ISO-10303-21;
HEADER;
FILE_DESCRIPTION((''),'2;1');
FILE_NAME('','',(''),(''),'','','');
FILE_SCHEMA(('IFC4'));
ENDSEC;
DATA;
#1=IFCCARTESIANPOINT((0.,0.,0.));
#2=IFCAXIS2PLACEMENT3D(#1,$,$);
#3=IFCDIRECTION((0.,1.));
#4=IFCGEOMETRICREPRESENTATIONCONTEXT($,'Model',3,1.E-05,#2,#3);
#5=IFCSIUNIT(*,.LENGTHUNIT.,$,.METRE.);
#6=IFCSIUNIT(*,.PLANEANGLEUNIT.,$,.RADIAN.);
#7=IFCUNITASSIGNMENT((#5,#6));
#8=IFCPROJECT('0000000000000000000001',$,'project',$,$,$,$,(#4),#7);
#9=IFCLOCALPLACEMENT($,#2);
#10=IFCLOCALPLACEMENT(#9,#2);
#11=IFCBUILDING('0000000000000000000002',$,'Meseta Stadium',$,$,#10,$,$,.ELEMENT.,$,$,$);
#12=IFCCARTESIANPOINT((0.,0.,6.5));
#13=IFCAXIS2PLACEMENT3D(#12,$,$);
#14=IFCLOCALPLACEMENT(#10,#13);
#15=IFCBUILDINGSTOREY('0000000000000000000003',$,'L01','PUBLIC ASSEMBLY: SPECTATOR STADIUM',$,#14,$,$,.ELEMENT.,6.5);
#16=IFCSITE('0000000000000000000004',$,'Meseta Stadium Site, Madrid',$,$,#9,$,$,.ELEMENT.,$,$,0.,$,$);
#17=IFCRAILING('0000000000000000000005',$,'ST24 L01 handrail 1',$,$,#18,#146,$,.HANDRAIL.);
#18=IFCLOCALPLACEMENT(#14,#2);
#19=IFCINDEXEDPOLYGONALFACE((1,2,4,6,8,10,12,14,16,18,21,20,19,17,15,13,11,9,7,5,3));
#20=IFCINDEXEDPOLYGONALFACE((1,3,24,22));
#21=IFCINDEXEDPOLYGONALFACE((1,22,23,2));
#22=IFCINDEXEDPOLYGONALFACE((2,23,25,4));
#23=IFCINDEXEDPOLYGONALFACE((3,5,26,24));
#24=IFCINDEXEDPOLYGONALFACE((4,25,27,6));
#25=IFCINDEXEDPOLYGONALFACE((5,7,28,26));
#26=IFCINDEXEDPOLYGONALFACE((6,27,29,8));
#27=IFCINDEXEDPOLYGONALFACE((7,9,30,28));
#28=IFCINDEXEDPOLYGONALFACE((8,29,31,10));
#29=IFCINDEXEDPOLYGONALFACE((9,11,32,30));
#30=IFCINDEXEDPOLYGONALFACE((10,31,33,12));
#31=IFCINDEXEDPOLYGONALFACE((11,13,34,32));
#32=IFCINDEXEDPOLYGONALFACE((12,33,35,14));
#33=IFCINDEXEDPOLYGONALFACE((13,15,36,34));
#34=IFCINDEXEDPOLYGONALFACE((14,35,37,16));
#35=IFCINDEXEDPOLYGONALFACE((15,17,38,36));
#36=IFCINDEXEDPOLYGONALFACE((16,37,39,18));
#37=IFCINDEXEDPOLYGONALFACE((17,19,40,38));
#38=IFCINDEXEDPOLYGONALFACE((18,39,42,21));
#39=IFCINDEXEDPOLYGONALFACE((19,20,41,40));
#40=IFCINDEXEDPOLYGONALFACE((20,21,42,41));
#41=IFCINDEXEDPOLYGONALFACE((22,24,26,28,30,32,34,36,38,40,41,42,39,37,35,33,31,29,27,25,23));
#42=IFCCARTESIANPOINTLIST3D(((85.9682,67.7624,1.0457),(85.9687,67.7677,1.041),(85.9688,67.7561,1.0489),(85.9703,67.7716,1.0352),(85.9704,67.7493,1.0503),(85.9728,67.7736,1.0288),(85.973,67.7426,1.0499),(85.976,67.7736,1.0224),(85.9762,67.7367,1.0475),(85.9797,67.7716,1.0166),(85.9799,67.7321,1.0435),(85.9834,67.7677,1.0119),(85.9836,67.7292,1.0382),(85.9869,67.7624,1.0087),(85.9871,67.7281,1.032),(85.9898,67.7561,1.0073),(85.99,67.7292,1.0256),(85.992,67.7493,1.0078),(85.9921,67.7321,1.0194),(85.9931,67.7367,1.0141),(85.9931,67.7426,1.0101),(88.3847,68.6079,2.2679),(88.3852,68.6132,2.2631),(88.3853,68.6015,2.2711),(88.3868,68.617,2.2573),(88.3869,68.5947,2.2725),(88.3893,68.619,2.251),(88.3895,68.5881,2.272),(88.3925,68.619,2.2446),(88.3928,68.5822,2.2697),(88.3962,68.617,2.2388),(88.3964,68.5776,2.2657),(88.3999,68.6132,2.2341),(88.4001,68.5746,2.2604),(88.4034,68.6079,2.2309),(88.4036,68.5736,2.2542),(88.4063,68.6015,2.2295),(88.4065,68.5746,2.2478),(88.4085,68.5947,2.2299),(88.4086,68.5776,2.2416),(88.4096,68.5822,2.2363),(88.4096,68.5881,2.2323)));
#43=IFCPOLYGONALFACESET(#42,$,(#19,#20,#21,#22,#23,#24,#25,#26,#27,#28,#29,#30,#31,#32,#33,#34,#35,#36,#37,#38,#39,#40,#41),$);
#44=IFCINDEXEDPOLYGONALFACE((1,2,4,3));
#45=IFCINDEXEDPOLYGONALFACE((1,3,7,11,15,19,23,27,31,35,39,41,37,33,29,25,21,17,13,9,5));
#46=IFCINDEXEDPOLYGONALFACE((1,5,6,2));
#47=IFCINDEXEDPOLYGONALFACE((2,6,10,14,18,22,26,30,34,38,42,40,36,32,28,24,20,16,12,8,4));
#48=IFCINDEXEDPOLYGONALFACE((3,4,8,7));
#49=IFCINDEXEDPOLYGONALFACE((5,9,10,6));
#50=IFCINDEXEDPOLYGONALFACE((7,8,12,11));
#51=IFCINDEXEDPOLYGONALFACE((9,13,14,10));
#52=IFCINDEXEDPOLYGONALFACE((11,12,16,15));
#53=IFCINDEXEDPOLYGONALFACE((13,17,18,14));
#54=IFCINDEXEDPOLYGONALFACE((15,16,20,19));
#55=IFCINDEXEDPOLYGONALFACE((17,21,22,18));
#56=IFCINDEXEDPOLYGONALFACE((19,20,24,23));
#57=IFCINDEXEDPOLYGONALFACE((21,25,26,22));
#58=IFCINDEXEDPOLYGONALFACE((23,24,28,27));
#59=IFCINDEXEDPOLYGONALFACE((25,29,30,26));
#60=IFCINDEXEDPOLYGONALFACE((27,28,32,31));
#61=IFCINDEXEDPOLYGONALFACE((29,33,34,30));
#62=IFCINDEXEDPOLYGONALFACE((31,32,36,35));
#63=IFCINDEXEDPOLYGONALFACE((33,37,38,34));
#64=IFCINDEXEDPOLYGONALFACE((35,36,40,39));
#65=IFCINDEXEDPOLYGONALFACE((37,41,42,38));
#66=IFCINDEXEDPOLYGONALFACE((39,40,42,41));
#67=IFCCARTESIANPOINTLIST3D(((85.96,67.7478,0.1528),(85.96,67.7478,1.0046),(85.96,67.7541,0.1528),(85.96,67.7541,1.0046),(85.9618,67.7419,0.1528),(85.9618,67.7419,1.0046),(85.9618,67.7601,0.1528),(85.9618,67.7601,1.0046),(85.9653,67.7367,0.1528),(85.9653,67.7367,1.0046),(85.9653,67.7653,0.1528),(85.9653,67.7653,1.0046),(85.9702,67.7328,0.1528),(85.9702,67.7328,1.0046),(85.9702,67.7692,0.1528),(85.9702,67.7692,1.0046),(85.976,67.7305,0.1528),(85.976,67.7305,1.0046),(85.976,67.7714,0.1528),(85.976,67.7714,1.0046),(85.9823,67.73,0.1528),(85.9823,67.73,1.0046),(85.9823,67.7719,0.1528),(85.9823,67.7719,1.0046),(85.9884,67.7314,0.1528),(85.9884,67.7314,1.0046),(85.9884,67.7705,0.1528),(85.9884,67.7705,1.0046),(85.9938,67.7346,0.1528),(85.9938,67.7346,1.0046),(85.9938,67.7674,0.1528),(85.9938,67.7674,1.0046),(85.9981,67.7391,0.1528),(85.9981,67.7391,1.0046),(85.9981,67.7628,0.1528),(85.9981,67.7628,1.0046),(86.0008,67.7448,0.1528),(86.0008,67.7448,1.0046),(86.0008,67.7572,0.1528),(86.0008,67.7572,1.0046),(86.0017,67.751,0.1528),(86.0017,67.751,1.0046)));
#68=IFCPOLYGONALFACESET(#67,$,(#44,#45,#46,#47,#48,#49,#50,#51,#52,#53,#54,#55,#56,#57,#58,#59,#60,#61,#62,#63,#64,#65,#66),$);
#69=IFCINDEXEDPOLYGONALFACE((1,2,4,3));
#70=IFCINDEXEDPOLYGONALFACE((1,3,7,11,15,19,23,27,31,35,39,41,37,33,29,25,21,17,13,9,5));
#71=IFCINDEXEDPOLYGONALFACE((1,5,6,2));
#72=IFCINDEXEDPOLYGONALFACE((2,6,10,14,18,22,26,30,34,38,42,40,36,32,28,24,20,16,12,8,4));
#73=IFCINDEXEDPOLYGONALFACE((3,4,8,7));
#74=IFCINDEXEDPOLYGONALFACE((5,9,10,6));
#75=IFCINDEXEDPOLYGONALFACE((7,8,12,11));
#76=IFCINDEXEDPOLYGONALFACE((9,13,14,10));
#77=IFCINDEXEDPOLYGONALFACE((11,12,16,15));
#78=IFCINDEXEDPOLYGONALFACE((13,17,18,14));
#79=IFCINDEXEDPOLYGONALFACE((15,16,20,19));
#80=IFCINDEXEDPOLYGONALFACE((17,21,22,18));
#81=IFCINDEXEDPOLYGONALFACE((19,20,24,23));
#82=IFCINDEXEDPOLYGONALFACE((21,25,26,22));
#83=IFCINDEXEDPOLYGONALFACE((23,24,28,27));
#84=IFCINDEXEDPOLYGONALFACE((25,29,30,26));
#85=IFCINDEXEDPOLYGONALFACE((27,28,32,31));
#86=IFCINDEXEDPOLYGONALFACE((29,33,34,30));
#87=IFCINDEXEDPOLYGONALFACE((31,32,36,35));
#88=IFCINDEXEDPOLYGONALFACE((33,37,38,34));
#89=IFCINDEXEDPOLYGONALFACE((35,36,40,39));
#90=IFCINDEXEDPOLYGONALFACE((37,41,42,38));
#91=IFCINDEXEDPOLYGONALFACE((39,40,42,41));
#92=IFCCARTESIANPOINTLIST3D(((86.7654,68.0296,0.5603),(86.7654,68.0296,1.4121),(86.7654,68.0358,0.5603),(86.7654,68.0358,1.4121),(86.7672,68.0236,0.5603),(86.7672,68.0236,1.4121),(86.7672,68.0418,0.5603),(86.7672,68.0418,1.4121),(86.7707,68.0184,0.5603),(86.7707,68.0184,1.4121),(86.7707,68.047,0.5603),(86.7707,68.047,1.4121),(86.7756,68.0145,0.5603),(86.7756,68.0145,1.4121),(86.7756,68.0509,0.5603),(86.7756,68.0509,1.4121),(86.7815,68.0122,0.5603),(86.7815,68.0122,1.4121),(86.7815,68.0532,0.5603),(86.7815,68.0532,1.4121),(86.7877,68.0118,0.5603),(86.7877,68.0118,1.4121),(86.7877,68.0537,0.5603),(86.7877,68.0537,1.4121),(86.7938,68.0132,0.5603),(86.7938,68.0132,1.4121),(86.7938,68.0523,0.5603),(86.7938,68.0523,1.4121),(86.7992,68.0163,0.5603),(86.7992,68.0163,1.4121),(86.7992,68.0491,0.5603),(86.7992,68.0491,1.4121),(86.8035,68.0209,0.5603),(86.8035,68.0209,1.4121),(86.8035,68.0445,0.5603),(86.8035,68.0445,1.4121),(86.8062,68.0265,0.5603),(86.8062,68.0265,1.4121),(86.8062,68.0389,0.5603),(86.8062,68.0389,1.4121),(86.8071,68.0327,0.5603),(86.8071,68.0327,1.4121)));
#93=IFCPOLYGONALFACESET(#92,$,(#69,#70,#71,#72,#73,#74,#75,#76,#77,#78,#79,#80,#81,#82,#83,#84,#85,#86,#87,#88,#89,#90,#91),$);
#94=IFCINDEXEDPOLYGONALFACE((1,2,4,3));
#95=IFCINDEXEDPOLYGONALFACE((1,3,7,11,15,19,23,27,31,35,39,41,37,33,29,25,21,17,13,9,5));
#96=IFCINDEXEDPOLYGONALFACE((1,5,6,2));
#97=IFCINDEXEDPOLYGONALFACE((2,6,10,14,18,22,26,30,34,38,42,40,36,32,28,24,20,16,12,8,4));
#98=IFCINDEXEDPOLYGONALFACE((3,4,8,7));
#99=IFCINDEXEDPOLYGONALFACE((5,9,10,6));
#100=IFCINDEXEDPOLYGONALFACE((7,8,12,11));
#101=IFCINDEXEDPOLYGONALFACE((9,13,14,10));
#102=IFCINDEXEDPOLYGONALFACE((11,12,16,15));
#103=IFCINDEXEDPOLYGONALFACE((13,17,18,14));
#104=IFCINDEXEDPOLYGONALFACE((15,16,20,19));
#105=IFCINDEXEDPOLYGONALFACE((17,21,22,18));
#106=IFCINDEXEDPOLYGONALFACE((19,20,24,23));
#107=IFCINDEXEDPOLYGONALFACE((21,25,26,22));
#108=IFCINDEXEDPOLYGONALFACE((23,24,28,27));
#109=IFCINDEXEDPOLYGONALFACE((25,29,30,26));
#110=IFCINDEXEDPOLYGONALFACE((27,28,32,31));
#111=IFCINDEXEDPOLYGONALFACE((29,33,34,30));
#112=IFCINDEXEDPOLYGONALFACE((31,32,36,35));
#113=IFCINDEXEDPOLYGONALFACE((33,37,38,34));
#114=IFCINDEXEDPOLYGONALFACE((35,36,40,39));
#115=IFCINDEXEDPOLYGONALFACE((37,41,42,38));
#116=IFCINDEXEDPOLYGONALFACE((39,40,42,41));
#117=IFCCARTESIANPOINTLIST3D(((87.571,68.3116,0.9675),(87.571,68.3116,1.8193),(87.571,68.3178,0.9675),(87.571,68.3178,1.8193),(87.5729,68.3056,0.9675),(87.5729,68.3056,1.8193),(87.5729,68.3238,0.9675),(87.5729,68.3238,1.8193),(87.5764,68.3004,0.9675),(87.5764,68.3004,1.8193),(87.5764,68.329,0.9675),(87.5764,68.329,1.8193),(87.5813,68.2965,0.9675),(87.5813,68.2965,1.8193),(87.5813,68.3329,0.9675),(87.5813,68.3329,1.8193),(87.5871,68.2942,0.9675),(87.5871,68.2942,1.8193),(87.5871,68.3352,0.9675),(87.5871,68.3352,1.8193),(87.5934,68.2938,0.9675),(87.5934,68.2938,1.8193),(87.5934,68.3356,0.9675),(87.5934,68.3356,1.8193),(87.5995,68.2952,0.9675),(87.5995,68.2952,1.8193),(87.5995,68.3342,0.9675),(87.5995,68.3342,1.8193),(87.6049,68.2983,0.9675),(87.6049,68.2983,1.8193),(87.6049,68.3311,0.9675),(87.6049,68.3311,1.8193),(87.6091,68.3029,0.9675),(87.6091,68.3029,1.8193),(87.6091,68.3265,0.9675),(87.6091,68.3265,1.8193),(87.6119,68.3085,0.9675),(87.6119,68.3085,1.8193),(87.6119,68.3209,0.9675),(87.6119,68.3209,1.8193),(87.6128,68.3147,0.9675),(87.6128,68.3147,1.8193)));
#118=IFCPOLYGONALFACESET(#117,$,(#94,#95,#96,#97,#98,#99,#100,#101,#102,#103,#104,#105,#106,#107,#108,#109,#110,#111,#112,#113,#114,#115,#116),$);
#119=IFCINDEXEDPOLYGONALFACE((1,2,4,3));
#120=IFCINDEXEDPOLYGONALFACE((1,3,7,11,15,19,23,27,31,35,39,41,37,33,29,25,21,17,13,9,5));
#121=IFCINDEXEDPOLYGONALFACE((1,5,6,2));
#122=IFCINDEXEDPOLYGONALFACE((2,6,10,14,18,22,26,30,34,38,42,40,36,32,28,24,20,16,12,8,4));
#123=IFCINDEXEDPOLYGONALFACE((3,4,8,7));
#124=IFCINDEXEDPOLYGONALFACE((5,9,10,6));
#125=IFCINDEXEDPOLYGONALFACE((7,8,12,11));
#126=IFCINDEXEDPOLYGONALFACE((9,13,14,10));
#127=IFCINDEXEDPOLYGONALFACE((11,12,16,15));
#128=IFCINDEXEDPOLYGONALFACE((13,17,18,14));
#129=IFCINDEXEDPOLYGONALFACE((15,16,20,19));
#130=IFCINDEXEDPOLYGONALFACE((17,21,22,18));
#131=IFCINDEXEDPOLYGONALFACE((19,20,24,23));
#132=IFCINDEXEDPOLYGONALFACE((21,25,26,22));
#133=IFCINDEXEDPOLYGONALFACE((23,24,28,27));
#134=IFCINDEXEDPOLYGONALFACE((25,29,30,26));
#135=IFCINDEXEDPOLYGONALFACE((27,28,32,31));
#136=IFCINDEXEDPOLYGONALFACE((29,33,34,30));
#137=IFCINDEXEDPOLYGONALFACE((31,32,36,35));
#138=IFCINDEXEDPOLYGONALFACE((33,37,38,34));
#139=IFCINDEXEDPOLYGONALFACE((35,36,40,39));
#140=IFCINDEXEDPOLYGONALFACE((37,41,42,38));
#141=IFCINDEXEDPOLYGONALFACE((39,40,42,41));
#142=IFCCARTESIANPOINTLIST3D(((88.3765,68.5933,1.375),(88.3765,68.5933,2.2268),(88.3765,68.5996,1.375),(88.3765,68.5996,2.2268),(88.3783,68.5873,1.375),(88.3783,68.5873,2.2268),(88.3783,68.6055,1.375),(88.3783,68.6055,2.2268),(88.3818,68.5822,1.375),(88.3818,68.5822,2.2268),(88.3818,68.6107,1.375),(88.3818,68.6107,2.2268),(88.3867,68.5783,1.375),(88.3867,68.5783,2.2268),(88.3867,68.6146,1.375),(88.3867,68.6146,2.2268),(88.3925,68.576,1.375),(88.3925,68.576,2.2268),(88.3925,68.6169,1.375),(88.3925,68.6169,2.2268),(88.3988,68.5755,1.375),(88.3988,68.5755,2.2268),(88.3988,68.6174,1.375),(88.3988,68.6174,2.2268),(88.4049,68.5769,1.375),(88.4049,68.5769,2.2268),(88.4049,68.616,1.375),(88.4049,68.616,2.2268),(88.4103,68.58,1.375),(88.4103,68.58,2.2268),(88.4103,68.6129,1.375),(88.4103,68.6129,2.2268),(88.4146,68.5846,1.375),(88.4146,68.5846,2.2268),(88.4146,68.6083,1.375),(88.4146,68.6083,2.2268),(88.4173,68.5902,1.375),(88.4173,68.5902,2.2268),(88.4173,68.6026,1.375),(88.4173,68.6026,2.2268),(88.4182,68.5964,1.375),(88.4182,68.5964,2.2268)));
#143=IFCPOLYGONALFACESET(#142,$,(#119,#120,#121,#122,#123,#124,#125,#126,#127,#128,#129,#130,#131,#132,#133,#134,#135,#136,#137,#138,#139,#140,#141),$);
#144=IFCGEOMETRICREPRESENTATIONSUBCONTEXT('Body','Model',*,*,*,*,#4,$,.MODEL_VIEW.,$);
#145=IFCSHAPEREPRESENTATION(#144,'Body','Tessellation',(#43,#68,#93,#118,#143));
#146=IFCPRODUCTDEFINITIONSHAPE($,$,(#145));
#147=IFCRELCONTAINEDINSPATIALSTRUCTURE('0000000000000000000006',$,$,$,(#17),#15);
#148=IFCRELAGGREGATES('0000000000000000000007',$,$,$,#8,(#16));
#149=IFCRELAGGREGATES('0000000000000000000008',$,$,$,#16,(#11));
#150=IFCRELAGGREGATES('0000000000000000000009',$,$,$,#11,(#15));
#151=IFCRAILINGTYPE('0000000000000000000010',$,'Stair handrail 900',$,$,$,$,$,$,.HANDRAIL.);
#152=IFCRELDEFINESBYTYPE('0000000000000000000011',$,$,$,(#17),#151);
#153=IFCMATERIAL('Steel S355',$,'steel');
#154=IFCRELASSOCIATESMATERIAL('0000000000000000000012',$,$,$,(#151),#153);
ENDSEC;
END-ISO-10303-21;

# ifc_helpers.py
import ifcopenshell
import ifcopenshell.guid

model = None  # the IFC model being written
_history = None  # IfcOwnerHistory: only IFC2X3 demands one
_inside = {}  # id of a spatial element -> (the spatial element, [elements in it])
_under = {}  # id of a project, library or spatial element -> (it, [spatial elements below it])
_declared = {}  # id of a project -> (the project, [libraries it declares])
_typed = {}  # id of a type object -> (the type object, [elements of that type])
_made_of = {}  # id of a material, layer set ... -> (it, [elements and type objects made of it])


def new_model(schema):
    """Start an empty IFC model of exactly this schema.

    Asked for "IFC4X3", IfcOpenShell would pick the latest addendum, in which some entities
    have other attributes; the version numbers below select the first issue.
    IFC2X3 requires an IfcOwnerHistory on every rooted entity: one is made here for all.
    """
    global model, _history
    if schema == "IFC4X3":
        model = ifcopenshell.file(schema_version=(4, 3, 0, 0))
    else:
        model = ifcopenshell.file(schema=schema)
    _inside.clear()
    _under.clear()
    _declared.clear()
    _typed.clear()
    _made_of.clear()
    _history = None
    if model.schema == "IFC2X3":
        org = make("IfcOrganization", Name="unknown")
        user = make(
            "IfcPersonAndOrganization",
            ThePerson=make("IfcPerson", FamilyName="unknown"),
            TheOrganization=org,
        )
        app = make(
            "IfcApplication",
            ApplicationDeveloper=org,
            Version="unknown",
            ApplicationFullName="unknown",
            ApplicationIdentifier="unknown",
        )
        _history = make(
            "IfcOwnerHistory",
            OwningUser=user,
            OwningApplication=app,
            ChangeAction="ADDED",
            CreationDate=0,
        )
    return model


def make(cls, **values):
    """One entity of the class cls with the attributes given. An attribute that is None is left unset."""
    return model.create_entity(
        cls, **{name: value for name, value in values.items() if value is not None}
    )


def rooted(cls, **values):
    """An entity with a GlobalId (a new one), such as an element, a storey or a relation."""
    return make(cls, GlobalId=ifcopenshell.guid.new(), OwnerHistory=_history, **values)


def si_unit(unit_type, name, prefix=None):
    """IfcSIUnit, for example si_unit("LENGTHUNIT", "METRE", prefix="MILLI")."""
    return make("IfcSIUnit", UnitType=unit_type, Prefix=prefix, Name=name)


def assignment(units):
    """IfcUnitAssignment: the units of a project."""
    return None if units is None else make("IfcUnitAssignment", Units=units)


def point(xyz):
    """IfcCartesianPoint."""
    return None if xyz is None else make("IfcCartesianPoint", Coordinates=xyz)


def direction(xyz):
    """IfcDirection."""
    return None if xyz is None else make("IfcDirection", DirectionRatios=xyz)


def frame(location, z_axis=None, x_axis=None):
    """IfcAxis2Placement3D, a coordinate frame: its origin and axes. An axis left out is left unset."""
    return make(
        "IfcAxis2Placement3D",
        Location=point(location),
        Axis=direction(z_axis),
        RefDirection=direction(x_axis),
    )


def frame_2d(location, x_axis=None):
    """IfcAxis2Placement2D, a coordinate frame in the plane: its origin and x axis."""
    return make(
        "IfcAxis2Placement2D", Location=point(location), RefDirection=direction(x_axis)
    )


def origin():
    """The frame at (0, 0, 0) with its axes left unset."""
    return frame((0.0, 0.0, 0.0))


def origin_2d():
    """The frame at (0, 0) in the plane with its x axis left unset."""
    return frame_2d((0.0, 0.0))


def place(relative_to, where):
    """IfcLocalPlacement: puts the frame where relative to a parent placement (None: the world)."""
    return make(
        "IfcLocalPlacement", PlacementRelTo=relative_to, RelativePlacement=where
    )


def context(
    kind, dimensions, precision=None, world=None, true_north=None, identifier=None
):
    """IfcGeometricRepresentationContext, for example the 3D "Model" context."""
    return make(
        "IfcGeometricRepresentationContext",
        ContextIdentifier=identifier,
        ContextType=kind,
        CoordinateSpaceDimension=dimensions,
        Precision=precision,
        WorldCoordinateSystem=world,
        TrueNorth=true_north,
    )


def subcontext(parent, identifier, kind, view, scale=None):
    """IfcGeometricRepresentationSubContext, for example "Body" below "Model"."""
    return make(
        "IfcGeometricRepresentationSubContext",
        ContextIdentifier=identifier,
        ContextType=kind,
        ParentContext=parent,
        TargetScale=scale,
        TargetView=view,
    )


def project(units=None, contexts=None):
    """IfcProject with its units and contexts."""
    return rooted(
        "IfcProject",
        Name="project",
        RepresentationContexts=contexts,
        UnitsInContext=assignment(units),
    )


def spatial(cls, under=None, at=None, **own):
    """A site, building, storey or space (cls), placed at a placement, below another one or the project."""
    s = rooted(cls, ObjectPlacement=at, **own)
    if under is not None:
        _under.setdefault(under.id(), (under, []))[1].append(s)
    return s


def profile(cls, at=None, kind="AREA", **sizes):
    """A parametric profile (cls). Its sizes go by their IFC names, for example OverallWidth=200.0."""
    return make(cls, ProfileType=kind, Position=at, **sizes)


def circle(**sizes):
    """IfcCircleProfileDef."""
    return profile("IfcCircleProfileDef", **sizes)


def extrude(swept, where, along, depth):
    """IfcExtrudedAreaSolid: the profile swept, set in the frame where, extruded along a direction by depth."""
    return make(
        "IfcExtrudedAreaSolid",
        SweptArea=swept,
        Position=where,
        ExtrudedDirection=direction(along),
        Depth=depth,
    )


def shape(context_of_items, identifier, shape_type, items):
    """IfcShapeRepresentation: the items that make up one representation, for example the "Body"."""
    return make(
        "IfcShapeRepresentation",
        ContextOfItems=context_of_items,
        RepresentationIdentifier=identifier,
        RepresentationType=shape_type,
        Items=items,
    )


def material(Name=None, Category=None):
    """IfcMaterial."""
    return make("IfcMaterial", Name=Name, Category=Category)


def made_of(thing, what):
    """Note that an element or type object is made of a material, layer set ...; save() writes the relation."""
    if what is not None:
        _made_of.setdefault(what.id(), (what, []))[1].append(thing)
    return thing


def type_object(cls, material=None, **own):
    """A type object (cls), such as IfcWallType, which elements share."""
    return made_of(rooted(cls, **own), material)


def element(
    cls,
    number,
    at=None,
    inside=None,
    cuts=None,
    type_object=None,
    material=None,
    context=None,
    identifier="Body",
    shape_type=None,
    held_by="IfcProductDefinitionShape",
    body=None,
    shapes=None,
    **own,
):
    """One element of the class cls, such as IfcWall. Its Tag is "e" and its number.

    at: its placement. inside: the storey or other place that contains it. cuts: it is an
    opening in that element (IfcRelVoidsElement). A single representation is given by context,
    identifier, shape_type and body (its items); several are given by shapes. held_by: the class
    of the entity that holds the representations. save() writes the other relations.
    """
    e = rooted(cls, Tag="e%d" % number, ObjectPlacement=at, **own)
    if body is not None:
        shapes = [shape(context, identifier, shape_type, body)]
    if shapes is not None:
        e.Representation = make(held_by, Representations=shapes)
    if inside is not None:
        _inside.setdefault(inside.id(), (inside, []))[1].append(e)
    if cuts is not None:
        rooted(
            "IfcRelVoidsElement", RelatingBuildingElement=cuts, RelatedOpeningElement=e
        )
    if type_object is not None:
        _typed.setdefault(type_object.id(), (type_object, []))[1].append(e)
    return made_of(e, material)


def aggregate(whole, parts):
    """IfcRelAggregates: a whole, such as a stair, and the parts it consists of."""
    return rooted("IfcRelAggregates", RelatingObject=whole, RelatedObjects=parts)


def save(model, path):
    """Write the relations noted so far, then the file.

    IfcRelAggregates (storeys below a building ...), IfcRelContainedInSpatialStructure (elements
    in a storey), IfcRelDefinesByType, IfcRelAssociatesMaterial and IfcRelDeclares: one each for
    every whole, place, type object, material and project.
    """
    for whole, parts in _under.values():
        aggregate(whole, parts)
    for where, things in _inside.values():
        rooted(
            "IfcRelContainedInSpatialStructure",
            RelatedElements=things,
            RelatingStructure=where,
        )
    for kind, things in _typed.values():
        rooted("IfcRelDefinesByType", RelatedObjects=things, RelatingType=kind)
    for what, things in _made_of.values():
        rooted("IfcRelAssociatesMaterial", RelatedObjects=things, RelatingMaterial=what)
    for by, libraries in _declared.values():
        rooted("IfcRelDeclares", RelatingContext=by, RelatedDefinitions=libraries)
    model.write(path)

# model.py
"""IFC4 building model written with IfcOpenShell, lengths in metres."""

from ifc_helpers import new_model, si_unit, direction, frame, origin, origin_2d, place, context, subcontext, project, spatial, circle, extrude, material, type_object, element, save


model = new_model("IFC4")

# Units and contexts
model_context = context("Model", 3, precision=1e-05, world=origin(), true_north=direction((0.0, 1.0)))
body_context = subcontext(model_context, "Body", "Model", "MODEL_VIEW")
ifc_project = project(units=[si_unit("LENGTHUNIT", "METRE"), si_unit("PLANEANGLEUNIT", "RADIAN")], contexts=[model_context])

# Site, building, storey
site_placement = place(None, origin())
site = spatial("IfcSite", under=ifc_project, at=site_placement, Name="Meseta Stadium Site, Madrid", CompositionType="ELEMENT", RefElevation=0.0)
building_placement = place(site_placement, origin())
building = spatial("IfcBuilding", under=site, at=building_placement, Name="Meseta Stadium", CompositionType="ELEMENT")
storey_placement = place(building_placement, frame((0.0, 0.0, 6.5)))
storey = spatial("IfcBuildingStorey", under=building, at=storey_placement, Name="L01", Description="PUBLIC ASSEMBLY: SPECTATOR STADIUM", CompositionType="ELEMENT", Elevation=6.5)

# Railing
ifc_material_1 = material(Name="Steel S355", Category="steel")
railing_type_1 = type_object("IfcRailingType", Name="Stair handrail 900", PredefinedType="HANDRAIL", material=ifc_material_1)
for number, where, name in (
    (1, (85.9807, 67.751, 0.1528), "ST24 L01 handrail 1"),
):
    element("IfcRailing", number, at=place(storey_placement, frame(where)), inside=storey, type_object=railing_type_1, Name=name, PredefinedType="HANDRAIL", context=body_context, shape_type="SweptSolid", body=[
        extrude(circle(Radius=0.0239, at=origin_2d()), frame((0.0, 0.0, 0.876), z_axis=(0.851812, 0.298022, 0.430811), x_axis=(-0.33024, 0.943897, 0.0)), (0.0, 0.0, 1.0), 2.8369),
        extrude(circle(Radius=0.021, at=origin_2d()), origin(), (0.0, 0.0, 1.0), 0.8518),
        extrude(circle(Radius=0.021, at=origin_2d()), frame((0.8054, 0.2817, 0.4075)), (0.0, 0.0, 1.0), 0.8518),
        extrude(circle(Radius=0.021, at=origin_2d()), frame((1.6111, 0.5637, 0.8147)), (0.0, 0.0, 1.0), 0.8518),
        extrude(circle(Radius=0.021, at=origin_2d()), frame((2.4165, 0.8455, 1.2222)), (0.0, 0.0, 1.0), 0.8518),
    ])

save(model, "model.ifc")
